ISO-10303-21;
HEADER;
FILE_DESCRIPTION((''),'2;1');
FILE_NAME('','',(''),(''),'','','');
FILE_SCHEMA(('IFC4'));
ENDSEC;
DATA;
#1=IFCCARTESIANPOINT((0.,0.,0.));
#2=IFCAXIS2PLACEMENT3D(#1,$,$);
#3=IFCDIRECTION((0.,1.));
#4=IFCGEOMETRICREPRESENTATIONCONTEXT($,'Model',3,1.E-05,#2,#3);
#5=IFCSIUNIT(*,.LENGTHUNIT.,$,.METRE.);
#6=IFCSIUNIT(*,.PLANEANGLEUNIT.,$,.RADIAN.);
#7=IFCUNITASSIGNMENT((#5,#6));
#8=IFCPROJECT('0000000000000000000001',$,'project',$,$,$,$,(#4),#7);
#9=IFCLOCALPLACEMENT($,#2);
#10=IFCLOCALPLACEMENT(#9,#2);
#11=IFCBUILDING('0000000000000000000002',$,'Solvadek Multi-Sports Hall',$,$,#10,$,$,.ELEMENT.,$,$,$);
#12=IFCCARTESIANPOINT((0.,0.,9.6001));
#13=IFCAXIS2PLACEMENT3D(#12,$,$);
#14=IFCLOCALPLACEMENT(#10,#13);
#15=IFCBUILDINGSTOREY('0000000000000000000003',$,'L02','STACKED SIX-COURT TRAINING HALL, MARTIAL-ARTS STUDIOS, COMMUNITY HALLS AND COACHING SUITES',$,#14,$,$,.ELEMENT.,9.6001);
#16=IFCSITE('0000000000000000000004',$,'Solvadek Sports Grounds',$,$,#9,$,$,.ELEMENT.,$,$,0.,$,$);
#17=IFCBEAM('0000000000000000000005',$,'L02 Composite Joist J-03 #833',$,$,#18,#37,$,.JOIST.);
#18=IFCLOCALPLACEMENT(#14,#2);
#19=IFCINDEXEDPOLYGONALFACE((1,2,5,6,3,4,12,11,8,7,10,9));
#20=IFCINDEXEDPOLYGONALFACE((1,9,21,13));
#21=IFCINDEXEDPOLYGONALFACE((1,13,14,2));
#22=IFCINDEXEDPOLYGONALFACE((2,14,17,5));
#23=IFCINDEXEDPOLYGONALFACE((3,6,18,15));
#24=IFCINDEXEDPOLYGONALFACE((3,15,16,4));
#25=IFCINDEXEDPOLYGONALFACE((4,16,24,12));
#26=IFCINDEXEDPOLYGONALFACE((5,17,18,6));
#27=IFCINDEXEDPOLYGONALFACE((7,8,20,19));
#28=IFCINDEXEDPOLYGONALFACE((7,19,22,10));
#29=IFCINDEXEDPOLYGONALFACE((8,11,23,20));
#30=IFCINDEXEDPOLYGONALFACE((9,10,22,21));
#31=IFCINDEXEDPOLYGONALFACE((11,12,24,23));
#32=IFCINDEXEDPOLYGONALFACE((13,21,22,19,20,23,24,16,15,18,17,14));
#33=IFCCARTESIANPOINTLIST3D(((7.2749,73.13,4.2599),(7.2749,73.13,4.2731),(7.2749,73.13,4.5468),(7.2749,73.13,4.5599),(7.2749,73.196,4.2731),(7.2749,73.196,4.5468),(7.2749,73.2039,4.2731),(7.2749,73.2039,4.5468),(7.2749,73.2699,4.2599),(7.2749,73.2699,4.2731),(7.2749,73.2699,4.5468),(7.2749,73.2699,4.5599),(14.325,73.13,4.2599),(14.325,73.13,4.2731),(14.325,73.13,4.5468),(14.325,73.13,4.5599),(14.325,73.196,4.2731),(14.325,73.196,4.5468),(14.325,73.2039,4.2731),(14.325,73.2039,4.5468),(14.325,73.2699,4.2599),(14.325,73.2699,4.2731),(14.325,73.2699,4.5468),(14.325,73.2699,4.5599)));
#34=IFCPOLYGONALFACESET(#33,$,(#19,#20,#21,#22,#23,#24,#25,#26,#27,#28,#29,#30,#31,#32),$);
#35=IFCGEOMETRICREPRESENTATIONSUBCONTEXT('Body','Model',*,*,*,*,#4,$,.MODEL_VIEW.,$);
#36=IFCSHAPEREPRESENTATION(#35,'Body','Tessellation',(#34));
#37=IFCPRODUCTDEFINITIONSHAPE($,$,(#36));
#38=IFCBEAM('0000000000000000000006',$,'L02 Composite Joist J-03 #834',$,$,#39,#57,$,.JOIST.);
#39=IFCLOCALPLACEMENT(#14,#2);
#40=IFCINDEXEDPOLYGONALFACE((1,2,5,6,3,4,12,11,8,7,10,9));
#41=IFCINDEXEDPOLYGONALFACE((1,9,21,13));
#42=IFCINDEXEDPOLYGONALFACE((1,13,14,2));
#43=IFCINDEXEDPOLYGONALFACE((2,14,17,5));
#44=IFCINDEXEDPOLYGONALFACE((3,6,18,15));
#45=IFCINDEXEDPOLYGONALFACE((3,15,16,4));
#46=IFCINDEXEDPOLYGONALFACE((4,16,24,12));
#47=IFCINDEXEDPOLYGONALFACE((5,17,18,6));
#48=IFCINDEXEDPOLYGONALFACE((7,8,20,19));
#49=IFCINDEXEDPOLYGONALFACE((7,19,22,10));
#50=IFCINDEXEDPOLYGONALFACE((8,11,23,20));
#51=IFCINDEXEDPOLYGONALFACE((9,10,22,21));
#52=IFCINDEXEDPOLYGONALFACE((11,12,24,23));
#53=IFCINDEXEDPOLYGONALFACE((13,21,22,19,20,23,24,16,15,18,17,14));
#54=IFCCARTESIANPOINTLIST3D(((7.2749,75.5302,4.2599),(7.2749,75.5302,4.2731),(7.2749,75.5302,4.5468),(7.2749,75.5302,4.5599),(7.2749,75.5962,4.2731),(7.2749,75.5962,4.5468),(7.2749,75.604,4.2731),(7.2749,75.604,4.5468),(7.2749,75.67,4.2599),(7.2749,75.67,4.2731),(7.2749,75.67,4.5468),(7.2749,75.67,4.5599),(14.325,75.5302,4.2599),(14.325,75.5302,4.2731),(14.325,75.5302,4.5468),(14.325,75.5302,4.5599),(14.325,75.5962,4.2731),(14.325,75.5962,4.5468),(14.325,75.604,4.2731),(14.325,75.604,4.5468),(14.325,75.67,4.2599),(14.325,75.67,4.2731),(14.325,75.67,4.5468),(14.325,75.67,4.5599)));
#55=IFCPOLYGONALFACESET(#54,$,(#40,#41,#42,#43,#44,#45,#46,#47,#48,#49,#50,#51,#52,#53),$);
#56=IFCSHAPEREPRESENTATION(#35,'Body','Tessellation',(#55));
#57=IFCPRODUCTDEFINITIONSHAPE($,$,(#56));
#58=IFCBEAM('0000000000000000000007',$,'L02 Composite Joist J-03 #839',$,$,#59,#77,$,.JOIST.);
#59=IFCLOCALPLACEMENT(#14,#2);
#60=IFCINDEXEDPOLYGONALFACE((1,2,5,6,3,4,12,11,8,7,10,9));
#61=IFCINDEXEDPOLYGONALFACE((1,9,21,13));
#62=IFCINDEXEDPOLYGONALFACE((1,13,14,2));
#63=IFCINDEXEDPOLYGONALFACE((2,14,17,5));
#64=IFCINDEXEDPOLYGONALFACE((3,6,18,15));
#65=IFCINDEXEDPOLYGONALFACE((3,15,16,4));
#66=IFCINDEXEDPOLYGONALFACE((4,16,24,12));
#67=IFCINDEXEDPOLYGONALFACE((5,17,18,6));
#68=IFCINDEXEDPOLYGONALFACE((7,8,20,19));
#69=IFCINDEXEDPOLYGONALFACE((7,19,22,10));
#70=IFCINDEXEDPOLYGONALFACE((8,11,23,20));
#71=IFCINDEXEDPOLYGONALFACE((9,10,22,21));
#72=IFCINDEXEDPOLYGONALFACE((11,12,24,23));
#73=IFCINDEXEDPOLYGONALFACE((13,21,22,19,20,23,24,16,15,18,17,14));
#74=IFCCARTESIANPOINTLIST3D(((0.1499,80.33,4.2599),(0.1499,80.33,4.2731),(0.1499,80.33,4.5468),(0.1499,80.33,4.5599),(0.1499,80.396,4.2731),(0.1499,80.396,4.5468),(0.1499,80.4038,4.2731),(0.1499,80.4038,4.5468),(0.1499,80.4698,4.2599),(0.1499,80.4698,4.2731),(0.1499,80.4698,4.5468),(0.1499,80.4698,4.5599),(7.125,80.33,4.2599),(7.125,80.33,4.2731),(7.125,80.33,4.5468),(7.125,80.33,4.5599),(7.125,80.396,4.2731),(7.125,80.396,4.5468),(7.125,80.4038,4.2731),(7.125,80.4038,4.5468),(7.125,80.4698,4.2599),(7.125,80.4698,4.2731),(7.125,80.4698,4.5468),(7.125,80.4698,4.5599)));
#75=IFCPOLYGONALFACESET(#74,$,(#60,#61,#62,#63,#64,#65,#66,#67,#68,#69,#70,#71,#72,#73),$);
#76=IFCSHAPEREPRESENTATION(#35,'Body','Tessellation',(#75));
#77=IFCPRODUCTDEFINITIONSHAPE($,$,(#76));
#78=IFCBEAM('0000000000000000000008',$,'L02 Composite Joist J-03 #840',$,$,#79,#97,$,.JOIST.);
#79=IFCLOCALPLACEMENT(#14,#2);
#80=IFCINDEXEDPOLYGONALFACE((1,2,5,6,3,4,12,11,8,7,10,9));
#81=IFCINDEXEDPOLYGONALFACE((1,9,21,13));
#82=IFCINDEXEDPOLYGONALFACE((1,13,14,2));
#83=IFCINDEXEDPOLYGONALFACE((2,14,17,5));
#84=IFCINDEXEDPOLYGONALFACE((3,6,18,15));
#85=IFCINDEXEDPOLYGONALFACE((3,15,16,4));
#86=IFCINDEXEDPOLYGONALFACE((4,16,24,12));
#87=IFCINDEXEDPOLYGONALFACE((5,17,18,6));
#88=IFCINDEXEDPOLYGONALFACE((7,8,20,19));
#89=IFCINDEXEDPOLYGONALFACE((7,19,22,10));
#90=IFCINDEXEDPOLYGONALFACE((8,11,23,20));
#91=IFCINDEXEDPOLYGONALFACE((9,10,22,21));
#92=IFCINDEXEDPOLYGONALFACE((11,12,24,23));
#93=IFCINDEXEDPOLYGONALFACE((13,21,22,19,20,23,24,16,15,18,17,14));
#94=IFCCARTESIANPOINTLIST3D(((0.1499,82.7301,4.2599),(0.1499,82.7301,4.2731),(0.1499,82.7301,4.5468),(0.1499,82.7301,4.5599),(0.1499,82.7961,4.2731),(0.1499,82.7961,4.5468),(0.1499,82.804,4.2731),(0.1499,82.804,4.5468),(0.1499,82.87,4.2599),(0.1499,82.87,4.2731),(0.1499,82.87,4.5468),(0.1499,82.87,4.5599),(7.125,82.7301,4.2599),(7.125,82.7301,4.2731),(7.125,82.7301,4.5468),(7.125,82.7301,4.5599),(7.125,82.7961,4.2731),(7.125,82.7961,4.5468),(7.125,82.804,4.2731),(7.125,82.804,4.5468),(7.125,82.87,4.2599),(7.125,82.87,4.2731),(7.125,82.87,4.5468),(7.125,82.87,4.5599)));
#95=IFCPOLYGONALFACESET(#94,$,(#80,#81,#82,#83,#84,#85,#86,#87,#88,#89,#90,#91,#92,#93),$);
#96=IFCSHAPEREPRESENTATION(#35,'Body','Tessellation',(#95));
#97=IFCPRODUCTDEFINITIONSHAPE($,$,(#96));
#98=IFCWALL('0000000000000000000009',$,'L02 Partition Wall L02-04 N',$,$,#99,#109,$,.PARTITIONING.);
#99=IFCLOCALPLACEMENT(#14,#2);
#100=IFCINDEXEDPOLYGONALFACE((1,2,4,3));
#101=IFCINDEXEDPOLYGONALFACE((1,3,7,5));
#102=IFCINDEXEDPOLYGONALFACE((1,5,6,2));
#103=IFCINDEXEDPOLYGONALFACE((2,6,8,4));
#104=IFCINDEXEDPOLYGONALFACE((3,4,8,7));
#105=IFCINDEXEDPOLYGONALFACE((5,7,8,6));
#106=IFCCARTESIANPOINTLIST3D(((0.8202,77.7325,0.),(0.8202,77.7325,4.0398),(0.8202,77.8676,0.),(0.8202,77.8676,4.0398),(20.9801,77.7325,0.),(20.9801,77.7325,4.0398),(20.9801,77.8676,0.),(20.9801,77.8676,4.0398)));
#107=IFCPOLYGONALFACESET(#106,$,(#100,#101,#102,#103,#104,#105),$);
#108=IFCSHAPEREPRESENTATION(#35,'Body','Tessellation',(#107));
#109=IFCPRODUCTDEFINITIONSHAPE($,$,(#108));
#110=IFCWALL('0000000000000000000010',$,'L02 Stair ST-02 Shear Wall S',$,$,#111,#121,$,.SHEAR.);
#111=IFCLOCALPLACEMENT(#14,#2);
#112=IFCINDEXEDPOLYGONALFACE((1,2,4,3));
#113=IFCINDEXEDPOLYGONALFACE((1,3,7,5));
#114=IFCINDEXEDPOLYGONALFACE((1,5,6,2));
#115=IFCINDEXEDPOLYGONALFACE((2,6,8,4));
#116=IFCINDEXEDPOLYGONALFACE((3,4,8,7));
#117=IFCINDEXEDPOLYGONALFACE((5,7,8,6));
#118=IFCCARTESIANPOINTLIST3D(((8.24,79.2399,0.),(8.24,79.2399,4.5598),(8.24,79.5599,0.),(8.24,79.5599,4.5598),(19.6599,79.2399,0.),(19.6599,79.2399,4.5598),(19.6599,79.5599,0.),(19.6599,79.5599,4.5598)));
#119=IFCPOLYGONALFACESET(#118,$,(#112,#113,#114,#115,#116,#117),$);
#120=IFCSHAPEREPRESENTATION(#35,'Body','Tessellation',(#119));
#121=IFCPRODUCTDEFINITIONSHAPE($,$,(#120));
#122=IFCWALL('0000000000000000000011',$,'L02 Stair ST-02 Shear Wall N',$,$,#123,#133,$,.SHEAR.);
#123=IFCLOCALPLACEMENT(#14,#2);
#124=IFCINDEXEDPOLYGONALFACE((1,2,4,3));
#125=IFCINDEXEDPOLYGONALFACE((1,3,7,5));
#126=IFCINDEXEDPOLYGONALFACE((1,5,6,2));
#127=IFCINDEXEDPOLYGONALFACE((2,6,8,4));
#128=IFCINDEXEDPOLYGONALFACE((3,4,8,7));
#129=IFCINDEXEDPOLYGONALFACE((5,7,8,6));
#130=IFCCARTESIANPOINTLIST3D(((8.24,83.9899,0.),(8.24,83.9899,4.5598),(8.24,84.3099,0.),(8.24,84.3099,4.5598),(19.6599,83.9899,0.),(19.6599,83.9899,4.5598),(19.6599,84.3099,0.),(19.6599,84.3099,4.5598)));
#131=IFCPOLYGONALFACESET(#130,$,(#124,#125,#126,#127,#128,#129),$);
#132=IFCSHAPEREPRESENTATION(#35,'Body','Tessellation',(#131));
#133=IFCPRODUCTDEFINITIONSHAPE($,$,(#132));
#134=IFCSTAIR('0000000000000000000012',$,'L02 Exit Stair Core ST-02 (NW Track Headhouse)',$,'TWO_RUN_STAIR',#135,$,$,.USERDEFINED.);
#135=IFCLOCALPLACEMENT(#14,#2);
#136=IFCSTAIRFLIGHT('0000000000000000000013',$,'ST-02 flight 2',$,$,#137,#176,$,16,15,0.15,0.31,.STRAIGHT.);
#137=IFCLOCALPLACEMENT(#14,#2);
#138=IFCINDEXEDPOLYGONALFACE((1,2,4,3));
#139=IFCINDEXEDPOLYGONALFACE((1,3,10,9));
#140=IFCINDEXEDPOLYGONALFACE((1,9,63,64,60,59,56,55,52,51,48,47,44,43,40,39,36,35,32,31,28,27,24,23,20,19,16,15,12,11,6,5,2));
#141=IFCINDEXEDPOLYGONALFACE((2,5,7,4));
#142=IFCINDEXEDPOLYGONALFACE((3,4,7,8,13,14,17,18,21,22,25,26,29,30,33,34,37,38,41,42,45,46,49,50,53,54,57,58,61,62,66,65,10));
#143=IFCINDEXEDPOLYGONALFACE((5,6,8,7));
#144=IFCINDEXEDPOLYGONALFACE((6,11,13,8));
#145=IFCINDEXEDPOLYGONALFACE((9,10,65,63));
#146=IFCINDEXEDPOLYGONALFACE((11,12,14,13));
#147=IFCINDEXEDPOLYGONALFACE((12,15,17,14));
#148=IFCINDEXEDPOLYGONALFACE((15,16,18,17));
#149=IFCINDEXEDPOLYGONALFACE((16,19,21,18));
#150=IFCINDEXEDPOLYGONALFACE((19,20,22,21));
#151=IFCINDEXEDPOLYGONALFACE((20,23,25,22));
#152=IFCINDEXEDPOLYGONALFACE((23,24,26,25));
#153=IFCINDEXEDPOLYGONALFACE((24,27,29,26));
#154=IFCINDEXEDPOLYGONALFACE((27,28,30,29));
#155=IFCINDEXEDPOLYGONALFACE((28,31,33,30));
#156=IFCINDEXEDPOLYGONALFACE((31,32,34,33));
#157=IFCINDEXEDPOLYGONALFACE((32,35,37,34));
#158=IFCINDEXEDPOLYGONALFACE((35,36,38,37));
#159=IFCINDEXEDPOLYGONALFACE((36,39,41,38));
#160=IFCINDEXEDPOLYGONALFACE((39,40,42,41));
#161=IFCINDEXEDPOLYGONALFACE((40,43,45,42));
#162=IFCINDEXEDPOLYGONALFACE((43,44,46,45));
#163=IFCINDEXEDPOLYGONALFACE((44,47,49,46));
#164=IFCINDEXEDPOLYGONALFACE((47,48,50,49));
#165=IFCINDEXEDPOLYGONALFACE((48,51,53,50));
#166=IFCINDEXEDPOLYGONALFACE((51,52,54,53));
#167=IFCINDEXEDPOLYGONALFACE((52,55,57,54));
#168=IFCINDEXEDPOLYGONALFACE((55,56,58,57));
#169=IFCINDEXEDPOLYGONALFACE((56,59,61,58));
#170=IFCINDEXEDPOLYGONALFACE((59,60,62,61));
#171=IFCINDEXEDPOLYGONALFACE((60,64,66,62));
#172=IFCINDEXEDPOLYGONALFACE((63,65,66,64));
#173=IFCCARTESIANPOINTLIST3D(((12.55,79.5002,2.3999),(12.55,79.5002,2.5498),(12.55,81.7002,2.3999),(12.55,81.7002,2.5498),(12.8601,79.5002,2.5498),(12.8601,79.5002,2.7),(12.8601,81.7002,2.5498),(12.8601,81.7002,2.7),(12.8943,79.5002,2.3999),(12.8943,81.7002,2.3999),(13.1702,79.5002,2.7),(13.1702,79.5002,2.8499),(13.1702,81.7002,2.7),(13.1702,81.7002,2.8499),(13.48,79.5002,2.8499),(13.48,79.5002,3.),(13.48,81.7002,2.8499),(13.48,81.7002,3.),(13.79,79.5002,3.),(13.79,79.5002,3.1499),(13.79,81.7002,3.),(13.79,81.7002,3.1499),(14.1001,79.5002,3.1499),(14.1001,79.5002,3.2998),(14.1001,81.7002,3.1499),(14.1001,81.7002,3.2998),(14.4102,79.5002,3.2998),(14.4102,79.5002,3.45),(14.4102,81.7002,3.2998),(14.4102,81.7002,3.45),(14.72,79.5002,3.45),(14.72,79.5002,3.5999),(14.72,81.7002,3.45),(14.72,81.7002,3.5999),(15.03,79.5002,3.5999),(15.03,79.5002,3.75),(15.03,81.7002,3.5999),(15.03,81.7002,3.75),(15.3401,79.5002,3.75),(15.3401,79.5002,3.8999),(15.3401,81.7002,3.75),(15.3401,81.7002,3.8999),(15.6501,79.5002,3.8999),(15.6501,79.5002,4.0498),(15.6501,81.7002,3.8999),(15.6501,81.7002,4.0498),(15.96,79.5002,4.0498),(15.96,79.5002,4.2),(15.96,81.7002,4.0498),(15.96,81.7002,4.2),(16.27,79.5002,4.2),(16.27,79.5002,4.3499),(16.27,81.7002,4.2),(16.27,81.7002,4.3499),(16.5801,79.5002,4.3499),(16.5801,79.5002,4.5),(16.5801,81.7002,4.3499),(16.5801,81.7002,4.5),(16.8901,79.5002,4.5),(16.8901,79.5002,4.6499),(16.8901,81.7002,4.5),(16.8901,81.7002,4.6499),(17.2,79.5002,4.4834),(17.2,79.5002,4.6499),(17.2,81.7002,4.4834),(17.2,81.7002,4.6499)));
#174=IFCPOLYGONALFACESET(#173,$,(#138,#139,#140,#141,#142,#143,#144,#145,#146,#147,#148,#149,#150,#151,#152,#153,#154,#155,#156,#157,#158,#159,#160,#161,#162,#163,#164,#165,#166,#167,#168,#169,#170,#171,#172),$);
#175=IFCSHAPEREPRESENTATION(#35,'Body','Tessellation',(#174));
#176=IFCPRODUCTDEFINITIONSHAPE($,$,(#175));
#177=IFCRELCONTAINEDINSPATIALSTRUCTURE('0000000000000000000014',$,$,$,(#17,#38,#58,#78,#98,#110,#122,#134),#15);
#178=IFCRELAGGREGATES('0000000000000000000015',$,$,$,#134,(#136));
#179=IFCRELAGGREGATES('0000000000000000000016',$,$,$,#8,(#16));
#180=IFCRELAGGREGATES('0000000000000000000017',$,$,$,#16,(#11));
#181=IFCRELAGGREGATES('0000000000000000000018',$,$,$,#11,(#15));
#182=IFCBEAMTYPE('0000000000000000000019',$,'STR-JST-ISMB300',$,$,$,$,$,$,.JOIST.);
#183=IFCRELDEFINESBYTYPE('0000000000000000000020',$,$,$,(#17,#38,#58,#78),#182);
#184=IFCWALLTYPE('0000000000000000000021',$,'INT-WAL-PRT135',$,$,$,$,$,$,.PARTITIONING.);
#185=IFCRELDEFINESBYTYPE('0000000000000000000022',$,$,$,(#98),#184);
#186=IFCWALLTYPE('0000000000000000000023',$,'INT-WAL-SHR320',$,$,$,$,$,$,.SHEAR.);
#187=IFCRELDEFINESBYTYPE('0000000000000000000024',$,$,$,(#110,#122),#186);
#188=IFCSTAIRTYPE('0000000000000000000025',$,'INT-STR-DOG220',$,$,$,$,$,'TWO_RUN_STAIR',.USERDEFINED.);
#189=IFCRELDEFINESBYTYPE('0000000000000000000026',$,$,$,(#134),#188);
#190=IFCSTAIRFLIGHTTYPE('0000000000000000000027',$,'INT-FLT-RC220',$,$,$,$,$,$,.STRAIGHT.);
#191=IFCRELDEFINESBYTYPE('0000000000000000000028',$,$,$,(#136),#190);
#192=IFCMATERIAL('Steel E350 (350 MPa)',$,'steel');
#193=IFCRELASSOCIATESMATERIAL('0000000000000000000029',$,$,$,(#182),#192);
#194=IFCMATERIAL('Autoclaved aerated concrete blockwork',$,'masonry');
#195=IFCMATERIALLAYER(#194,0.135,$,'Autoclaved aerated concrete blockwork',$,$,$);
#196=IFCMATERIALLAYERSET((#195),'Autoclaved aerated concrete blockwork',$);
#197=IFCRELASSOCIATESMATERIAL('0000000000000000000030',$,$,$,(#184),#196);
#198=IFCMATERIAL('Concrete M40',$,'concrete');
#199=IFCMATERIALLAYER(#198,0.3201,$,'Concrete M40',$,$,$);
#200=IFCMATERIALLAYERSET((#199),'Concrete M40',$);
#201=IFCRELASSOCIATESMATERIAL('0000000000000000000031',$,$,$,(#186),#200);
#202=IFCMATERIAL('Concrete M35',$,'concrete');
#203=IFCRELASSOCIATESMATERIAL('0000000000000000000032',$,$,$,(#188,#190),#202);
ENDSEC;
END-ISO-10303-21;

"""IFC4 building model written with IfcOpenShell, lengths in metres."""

from ifc_helpers import new_model, si_unit, direction, frame, frame_2d, origin, origin_2d, place, context, subcontext, project, spatial, polyline, rectangle, i_section, outline, extrude, material, layer, layer_set, material_profile, profile_set, type_object, element, aggregate, save


model = new_model("IFC4")

# Units and contexts
model_context = context("Model", 3, precision=1e-05, world=origin(), true_north=direction((0.0, 1.0)))
body_context = subcontext(model_context, "Body", "Model", "MODEL_VIEW")
ifc_project = project(units=[si_unit("LENGTHUNIT", "METRE"), si_unit("PLANEANGLEUNIT", "RADIAN")], contexts=[model_context])

# Site, building, storey
site_placement = place(None, origin())
site = spatial("IfcSite", under=ifc_project, at=site_placement, Name="Solvadek Sports Grounds", CompositionType="ELEMENT", RefElevation=0.0)
building_placement = place(site_placement, origin())
building = spatial("IfcBuilding", under=site, at=building_placement, Name="Solvadek Multi-Sports Hall", CompositionType="ELEMENT")
storey_placement = place(building_placement, frame((0.0, 0.0, 9.6001)))
storey = spatial("IfcBuildingStorey", under=building, at=storey_placement, Name="L02", Description="STACKED SIX-COURT TRAINING HALL, MARTIAL-ARTS STUDIOS, COMMUNITY HALLS AND COACHING SUITES", CompositionType="ELEMENT", Elevation=9.6001)

# Shared definitions
ifc_material_1 = material(Name="Steel E350 (350 MPa)", Category="steel")

# Beams
ifc_material_profile_1 = material_profile(ifc_material_1, i_section(OverallWidth=0.1399, OverallDepth=0.3, WebThickness=0.0078, FlangeThickness=0.0132, at=origin_2d()), Name="ISMB 300")
ifc_profile_set_1 = profile_set([ifc_material_profile_1], Name="Steel E350 (350 MPa)")
beam_type_1 = type_object("IfcBeamType", Name="STR-JST-ISMB300", PredefinedType="JOIST", material=ifc_profile_set_1)
for number, where, z_axis, x_axis, name in (
    (1, (7.2749, 73.2, 4.4099), (1.0, 0.0, 0.0), (0.0, 1.0, 0.0), "L02 Composite Joist J-03 #833"),
    (2, (7.2749, 75.6001, 4.4099), (1.0, 0.0, 0.0), (0.0, 1.0, 0.0), "L02 Composite Joist J-03 #834"),
):
    element("IfcBeam", number, at=place(storey_placement, frame(where, z_axis=z_axis, x_axis=x_axis)), inside=storey, type_object=beam_type_1, Name=name, PredefinedType="JOIST", context=body_context, shape_type="SweptSolid", body=[
        extrude(i_section(OverallWidth=0.1399, OverallDepth=0.3, WebThickness=0.0078, FlangeThickness=0.0132, at=origin_2d()), origin(), (0.0, 0.0, 1.0), 7.05),
    ])
for number, where, z_axis, x_axis, name in (
    (3, (0.1499, 80.3999, 4.4099), (1.0, 0.0, 0.0), (0.0, 1.0, 0.0), "L02 Composite Joist J-03 #839"),
    (4, (0.1499, 82.8, 4.4099), (1.0, 0.0, 0.0), (0.0, 1.0, 0.0), "L02 Composite Joist J-03 #840"),
):
    element("IfcBeam", number, at=place(storey_placement, frame(where, z_axis=z_axis, x_axis=x_axis)), inside=storey, type_object=beam_type_1, Name=name, PredefinedType="JOIST", context=body_context, shape_type="SweptSolid", body=[
        extrude(i_section(OverallWidth=0.1399, OverallDepth=0.3, WebThickness=0.0078, FlangeThickness=0.0132, at=origin_2d()), origin(), (0.0, 0.0, 1.0), 6.9751),
    ])

# Walls
ifc_material_2 = material(Name="Autoclaved aerated concrete blockwork", Category="masonry")
ifc_layer_1 = layer(ifc_material_2, 0.135, Name="Autoclaved aerated concrete blockwork")
ifc_layer_set_1 = layer_set([ifc_layer_1], Name="Autoclaved aerated concrete blockwork")
wall_type_1 = type_object("IfcWallType", Name="INT-WAL-PRT135", PredefinedType="PARTITIONING", material=ifc_layer_set_1)
wall_1_placement = place(storey_placement, frame((0.8201, 77.8, 0.0), z_axis=(0.0, 0.0, 1.0), x_axis=(1.0, 0.0, 0.0)))
element("IfcWall", 5, at=wall_1_placement, inside=storey, type_object=wall_type_1, Name="L02 Partition Wall L02-04 N", PredefinedType="PARTITIONING", context=body_context, shape_type="SweptSolid", body=[
    extrude(rectangle(XDim=20.1599, YDim=0.135, at=frame_2d((10.0801, 0.0))), origin(), (0.0, 0.0, 1.0), 4.0398),
])
ifc_material_3 = material(Name="Concrete M40", Category="concrete")
ifc_layer_2 = layer(ifc_material_3, 0.3201, Name="Concrete M40")
ifc_layer_set_2 = layer_set([ifc_layer_2], Name="Concrete M40")
wall_type_2 = type_object("IfcWallType", Name="INT-WAL-SHR320", PredefinedType="SHEAR", material=ifc_layer_set_2)
for number, where, z_axis, x_axis, name in (
    (6, (8.24, 79.3999, 0.0), (0.0, 0.0, 1.0), (1.0, 0.0, 0.0), "L02 Stair ST-02 Shear Wall S"),
    (7, (8.24, 84.1499, 0.0), (0.0, 0.0, 1.0), (1.0, 0.0, 0.0), "L02 Stair ST-02 Shear Wall N"),
):
    element("IfcWall", number, at=place(storey_placement, frame(where, z_axis=z_axis, x_axis=x_axis)), inside=storey, type_object=wall_type_2, Name=name, PredefinedType="SHEAR", context=body_context, shape_type="SweptSolid", body=[
        extrude(rectangle(XDim=11.4199, YDim=0.3201, at=frame_2d((5.71, 0.0))), origin(), (0.0, 0.0, 1.0), 4.5598),
    ])

# Stair, stair flight
ifc_material_4 = material(Name="Concrete M35", Category="concrete")
stair_type = type_object("IfcStairType", Name="INT-STR-DOG220", ElementType="TWO_RUN_STAIR", PredefinedType="USERDEFINED", material=ifc_material_4)
stair_placement = place(storey_placement, origin())
stair = element("IfcStair", 8, at=stair_placement, inside=storey, type_object=stair_type, Name="L02 Exit Stair Core ST-02 (NW Track Headhouse)", ObjectType="TWO_RUN_STAIR", PredefinedType="USERDEFINED")
stair_flight_type = type_object("IfcStairFlightType", Name="INT-FLT-RC220", PredefinedType="STRAIGHT", material=ifc_material_4)
stair_flight_placement = place(storey_placement, frame((12.55, 80.6001, 2.3999), z_axis=(0.0, 0.0, 1.0), x_axis=(1.0, 0.0, 0.0)))
stair_flight = element("IfcStairFlight", 9, at=stair_flight_placement, type_object=stair_flight_type, Name="ST-02 flight 2", NumberOfRisers=16, NumberOfTreads=15, PredefinedType="STRAIGHT", RiserHeight=0.15, TreadLength=0.31, context=body_context, shape_type="SweptSolid", body=[
    extrude(outline(polyline([(0.0, 0.0), (0.0, 0.1499), (0.3101, 0.1499), (0.3101, 0.3), (0.6201, 0.3), (0.6201, 0.45), (0.9299, 0.45), (0.9299, 0.6001), (1.24, 0.6001), (1.24, 0.75), (1.55, 0.75), (1.55, 0.8999), (1.8601, 0.8999), (1.8601, 1.05), (2.1699, 1.05), (2.1699, 1.2), (2.48, 1.2), (2.48, 1.3501), (2.79, 1.3501), (2.79, 1.5), (3.1001, 1.5), (3.1001, 1.6499), (3.4099, 1.6499), (3.4099, 1.8), (3.72, 1.8), (3.72, 1.95), (4.03, 1.95), (4.03, 2.1001), (4.3401, 2.1001), (4.3401, 2.25), (4.6499, 2.25), (4.6499, 2.3999), (4.6499, 2.0835), (0.3442, 0.0), (0.0, 0.0)])), frame((0.0, 1.1001, 0.0), z_axis=(0.0, -1.0, 0.0), x_axis=(1.0, 0.0, 0.0)), (0.0, 0.0, 1.0), 2.2),
])
aggregate(stair, [stair_flight])

save(model, "model.ifc")
